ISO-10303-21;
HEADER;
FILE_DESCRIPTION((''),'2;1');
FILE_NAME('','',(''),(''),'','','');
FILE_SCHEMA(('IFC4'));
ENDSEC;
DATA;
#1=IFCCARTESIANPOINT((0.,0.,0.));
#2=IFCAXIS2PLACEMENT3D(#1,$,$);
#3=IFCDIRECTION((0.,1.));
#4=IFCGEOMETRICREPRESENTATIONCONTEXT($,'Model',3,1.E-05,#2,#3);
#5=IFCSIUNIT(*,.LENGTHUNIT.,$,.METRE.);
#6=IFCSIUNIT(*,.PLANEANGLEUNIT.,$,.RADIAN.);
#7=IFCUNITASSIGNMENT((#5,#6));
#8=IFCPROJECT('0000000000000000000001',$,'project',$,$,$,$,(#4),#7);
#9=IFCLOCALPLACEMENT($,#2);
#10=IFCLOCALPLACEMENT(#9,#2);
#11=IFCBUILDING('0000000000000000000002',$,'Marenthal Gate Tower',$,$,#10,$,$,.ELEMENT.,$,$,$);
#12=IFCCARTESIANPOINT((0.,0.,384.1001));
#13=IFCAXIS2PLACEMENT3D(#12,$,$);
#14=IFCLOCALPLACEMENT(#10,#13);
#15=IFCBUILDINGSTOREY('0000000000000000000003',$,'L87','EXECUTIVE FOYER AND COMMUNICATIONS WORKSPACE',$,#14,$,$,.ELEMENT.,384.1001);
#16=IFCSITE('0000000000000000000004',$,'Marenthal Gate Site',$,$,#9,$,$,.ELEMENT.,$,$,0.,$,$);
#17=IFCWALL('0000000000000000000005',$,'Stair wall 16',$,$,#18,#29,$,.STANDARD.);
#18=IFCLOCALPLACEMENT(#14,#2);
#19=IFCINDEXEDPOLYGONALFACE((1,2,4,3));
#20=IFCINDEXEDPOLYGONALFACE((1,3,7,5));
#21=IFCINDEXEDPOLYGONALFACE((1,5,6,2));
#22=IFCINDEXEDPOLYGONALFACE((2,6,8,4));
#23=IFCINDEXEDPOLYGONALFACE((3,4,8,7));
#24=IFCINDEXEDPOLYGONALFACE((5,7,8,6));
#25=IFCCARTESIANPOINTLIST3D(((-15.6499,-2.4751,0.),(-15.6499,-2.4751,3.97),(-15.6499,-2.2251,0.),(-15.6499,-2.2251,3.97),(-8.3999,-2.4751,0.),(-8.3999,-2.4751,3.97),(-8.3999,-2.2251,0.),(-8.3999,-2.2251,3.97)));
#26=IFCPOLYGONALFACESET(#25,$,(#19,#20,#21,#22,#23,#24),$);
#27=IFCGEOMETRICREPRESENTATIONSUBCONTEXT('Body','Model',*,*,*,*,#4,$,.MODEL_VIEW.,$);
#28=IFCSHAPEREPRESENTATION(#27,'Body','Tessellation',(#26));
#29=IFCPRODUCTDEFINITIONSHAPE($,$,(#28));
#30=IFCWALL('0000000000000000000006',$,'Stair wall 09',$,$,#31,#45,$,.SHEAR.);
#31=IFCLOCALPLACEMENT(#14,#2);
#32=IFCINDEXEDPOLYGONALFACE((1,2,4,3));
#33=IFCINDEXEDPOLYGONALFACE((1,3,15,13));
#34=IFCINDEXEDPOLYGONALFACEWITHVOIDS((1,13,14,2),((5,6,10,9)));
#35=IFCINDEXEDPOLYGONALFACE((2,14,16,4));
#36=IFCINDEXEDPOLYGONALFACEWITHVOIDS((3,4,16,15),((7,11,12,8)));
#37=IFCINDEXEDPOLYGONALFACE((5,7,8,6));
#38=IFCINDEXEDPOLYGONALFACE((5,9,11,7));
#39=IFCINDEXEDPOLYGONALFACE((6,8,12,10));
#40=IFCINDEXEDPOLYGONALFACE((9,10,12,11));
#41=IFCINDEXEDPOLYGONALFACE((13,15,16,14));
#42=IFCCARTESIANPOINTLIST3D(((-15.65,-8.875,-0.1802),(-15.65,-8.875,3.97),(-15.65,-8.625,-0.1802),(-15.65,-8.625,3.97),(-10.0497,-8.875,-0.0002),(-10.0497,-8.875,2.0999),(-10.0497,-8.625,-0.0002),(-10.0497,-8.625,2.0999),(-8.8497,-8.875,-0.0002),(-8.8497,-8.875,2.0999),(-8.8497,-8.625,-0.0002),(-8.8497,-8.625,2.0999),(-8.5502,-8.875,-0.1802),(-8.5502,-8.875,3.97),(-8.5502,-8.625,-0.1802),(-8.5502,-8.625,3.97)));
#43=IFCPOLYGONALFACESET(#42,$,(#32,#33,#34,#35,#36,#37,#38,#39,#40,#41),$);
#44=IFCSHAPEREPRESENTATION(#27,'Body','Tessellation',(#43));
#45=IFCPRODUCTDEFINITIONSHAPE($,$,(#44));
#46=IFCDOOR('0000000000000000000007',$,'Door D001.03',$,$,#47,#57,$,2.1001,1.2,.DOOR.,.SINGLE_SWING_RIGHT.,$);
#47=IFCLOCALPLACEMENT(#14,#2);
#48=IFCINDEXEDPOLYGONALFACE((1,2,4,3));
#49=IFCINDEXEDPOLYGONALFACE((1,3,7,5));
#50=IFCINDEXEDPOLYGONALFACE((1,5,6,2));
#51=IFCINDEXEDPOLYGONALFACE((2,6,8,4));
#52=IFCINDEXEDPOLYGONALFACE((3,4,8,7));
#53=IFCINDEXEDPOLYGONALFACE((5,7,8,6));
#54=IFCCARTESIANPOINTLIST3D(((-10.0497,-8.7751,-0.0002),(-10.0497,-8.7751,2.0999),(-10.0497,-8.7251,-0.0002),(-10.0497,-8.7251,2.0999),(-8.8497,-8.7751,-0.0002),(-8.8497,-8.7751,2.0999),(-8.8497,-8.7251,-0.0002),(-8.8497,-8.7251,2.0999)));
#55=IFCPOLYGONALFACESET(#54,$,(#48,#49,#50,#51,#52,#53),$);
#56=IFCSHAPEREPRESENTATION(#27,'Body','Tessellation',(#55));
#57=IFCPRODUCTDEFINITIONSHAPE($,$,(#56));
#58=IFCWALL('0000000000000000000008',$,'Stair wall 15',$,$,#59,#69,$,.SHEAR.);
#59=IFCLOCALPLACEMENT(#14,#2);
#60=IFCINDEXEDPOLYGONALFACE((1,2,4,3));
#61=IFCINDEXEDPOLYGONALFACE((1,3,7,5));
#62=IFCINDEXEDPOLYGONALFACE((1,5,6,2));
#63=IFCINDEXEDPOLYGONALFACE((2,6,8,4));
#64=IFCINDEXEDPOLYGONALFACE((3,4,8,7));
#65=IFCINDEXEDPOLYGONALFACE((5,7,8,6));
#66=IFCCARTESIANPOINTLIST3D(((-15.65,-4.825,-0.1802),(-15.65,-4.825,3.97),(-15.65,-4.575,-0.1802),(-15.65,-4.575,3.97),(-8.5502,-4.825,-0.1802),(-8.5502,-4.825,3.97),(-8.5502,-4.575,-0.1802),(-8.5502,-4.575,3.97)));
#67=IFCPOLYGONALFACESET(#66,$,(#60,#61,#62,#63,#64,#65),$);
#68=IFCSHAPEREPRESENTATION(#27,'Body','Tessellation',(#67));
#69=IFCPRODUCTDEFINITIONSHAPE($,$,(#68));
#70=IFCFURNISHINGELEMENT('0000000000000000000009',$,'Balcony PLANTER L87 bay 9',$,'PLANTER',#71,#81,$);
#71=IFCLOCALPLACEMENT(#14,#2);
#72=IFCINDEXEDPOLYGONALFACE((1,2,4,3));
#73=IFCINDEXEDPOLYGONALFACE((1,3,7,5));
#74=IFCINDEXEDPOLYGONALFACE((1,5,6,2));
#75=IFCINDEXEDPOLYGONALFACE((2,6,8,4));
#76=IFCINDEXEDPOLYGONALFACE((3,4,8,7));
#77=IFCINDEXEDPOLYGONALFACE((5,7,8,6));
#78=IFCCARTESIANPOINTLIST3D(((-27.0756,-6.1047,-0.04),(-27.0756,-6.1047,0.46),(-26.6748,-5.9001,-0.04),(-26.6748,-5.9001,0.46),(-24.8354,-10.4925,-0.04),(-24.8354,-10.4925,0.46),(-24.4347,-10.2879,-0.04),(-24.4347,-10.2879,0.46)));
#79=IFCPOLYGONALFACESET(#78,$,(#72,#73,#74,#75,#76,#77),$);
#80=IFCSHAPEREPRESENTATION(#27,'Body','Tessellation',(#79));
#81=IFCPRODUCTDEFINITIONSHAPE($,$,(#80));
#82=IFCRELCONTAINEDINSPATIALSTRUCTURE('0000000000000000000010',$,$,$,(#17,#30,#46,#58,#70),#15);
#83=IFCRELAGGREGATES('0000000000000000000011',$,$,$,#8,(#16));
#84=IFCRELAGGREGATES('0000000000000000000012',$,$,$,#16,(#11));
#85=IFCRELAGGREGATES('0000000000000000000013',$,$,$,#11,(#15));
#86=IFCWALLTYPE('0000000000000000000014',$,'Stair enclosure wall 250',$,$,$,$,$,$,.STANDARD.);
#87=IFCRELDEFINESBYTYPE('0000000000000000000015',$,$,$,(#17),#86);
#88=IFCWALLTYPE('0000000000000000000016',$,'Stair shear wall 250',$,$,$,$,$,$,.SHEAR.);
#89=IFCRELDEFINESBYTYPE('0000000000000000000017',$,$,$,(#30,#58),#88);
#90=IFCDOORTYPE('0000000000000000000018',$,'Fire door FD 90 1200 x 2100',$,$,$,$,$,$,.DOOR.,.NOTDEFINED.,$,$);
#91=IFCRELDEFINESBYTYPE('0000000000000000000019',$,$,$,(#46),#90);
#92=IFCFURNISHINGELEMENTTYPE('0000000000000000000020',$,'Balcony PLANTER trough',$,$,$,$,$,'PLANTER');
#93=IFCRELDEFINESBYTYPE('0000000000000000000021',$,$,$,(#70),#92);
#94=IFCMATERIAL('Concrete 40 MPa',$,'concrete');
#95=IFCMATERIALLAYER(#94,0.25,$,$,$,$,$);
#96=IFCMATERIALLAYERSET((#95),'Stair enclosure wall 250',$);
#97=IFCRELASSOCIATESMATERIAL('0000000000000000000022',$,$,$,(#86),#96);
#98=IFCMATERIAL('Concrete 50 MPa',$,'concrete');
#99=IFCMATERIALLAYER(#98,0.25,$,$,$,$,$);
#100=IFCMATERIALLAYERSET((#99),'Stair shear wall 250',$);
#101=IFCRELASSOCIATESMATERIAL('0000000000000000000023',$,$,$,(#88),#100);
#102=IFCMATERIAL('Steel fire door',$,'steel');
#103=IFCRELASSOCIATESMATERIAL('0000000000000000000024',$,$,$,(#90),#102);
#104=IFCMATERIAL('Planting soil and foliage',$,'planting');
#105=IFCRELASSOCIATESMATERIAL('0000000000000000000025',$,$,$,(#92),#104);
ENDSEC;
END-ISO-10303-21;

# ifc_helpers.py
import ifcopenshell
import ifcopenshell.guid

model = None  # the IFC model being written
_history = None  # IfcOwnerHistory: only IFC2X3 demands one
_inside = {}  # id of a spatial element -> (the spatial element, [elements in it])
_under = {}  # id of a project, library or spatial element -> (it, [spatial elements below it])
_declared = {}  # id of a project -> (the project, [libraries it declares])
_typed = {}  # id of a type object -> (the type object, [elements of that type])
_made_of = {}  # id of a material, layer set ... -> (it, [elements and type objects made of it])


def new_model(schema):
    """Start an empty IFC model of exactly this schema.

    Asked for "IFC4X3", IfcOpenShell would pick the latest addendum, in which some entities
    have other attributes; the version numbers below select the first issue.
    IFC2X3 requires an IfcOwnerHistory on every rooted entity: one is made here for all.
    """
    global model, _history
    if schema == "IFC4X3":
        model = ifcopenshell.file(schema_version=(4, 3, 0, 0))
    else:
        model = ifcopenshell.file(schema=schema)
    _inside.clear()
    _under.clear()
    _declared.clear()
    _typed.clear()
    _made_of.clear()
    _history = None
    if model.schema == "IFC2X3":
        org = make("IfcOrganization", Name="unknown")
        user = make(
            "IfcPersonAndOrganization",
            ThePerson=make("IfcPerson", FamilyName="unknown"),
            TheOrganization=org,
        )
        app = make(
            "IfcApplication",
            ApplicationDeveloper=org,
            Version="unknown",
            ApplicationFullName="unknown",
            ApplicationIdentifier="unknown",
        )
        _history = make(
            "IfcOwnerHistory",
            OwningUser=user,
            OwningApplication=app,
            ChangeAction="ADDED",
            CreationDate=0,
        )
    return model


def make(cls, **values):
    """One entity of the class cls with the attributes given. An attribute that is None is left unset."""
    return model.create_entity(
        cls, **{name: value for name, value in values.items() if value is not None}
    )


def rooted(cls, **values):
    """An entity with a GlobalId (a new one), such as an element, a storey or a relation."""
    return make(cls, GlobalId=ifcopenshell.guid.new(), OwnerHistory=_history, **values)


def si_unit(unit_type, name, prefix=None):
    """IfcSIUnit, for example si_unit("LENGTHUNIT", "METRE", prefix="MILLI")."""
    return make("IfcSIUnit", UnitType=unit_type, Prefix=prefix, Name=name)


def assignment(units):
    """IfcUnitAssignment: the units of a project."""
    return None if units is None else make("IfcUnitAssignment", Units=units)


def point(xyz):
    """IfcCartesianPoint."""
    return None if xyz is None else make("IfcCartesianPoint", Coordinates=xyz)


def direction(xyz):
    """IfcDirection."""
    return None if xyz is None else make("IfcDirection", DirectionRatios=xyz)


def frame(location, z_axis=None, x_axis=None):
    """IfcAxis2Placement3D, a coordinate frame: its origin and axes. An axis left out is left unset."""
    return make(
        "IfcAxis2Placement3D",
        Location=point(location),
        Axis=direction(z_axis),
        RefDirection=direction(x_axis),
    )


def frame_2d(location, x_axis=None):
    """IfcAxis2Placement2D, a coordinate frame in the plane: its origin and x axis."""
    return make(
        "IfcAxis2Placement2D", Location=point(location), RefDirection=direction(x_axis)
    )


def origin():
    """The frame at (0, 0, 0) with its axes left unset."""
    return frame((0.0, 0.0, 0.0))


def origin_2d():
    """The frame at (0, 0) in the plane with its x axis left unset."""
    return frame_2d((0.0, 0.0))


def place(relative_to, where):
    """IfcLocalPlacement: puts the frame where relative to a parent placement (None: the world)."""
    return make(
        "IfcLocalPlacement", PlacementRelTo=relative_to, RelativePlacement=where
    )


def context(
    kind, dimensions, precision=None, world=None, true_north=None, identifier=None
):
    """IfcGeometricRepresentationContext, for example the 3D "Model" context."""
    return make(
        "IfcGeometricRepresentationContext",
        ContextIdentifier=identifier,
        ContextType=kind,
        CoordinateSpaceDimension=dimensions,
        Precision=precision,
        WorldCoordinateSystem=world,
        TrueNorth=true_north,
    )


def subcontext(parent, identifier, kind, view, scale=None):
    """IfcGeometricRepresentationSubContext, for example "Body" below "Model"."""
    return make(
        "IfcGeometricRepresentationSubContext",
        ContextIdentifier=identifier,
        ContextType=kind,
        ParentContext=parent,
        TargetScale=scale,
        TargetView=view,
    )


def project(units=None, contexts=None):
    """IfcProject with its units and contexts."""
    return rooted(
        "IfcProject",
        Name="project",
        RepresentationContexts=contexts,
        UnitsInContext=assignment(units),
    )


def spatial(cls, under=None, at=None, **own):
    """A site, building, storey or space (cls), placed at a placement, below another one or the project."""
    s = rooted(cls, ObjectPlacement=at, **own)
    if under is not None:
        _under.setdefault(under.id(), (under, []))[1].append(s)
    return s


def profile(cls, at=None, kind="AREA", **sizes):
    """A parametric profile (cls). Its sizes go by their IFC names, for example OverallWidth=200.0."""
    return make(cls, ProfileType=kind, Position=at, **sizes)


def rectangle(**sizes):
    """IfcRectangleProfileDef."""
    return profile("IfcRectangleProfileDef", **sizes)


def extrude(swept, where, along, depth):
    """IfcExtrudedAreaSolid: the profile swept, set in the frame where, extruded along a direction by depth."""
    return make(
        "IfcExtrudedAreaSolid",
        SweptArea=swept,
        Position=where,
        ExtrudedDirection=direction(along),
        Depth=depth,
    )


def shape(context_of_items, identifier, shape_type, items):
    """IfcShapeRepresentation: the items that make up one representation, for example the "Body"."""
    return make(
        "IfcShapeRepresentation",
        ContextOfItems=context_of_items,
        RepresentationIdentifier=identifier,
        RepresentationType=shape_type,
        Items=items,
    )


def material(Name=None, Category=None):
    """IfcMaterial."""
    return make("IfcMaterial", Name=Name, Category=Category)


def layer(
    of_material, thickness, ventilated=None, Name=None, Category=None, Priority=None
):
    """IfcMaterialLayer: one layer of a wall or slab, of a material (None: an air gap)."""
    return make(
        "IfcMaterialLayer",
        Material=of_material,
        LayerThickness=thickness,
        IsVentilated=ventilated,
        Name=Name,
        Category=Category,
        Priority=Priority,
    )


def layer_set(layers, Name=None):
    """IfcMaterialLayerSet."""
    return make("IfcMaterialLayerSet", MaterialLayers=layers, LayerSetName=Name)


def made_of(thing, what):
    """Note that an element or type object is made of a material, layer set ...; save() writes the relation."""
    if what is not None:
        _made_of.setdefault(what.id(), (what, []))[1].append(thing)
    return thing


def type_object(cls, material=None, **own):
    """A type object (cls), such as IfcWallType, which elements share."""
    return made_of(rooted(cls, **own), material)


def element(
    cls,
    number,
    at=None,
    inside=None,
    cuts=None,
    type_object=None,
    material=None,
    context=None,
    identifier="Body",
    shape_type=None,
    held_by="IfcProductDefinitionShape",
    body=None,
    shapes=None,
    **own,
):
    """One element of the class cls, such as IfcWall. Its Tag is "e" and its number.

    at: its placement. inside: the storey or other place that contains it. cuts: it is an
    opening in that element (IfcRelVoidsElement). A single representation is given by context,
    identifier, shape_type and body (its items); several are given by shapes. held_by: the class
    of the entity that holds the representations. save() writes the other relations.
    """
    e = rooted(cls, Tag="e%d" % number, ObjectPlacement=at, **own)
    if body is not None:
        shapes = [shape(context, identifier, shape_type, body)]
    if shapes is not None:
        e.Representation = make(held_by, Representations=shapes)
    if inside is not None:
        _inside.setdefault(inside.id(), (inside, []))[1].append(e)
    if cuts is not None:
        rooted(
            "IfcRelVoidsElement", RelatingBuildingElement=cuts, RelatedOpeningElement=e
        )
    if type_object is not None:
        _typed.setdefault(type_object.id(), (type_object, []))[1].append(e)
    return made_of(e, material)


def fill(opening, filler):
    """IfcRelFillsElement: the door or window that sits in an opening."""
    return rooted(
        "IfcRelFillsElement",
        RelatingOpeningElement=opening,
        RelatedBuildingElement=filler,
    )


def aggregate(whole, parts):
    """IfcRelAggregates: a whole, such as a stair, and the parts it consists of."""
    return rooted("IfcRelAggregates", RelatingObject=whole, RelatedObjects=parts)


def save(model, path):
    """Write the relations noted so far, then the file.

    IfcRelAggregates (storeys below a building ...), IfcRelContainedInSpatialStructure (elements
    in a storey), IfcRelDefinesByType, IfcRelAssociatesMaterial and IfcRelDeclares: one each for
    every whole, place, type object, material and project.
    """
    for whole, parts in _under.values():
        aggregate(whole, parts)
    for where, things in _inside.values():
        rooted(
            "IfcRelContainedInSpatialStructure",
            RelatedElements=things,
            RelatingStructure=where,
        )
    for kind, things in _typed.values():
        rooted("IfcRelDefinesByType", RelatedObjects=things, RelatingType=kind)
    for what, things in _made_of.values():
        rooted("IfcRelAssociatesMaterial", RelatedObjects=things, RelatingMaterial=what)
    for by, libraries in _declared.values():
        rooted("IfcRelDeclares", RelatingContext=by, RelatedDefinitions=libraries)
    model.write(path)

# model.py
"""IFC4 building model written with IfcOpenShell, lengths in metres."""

from ifc_helpers import new_model, si_unit, direction, frame, frame_2d, origin, origin_2d, place, context, subcontext, project, spatial, rectangle, extrude, material, layer, layer_set, type_object, element, fill, save


model = new_model("IFC4")

# Units and contexts
model_context = context("Model", 3, precision=1e-05, world=origin(), true_north=direction((0.0, 1.0)))
body_context = subcontext(model_context, "Body", "Model", "MODEL_VIEW")
ifc_project = project(units=[si_unit("LENGTHUNIT", "METRE"), si_unit("PLANEANGLEUNIT", "RADIAN")], contexts=[model_context])

# Site, building, storey
site_placement = place(None, origin())
site = spatial("IfcSite", under=ifc_project, at=site_placement, Name="Marenthal Gate Site", CompositionType="ELEMENT", RefElevation=0.0)
building_placement = place(site_placement, origin())
building = spatial("IfcBuilding", under=site, at=building_placement, Name="Marenthal Gate Tower", CompositionType="ELEMENT")
storey_placement = place(building_placement, frame((0.0, 0.0, 384.1001)))
storey = spatial("IfcBuildingStorey", under=building, at=storey_placement, Name="L87", Description="EXECUTIVE FOYER AND COMMUNICATIONS WORKSPACE", CompositionType="ELEMENT", Elevation=384.1001)

# Wall
ifc_material_1 = material(Name="Concrete 40 MPa", Category="concrete")
ifc_layer_1 = layer(ifc_material_1, 0.25)
ifc_layer_set_1 = layer_set([ifc_layer_1], Name="Stair enclosure wall 250")
wall_type_1 = type_object("IfcWallType", Name="Stair enclosure wall 250", PredefinedType="STANDARD", material=ifc_layer_set_1)
wall_1_placement = place(storey_placement, frame((-15.6499, -2.3501, 0.0), z_axis=(0.0, 0.0, 1.0), x_axis=(1.0, 0.0, 0.0)))
element("IfcWall", 1, at=wall_1_placement, inside=storey, type_object=wall_type_1, Name="Stair wall 16", PredefinedType="STANDARD", context=body_context, shape_type="SweptSolid", body=[
    extrude(rectangle(XDim=7.25, YDim=0.25, at=frame_2d((3.625, 0.0))), origin(), (0.0, 0.0, 1.0), 3.97),
])

# Wall, opening, door
ifc_material_2 = material(Name="Concrete 50 MPa", Category="concrete")
ifc_layer_2 = layer(ifc_material_2, 0.25)
ifc_layer_set_2 = layer_set([ifc_layer_2], Name="Stair shear wall 250")
wall_type_2 = type_object("IfcWallType", Name="Stair shear wall 250", PredefinedType="SHEAR", material=ifc_layer_set_2)
wall_2_placement = place(storey_placement, frame((-15.6499, -8.75, -0.1802), z_axis=(0.0, 0.0, 1.0), x_axis=(1.0, 0.0, 0.0)))
wall_2 = element("IfcWall", 2, at=wall_2_placement, inside=storey, type_object=wall_type_2, Name="Stair wall 09", PredefinedType="SHEAR", context=body_context, shape_type="SweptSolid", body=[
    extrude(rectangle(XDim=7.0999, YDim=0.25, at=frame_2d((3.5498, 0.0))), origin(), (0.0, 0.0, 1.0), 4.1501),
])
opening_1_placement = place(wall_2_placement, frame((5.6001, 0.0, 0.1799)))
opening_1 = element("IfcOpeningElement", 3, at=opening_1_placement, cuts=wall_2, PredefinedType="OPENING", context=body_context, shape_type="SweptSolid", body=[
    extrude(rectangle(XDim=1.2, YDim=2.1001, at=frame_2d((0.6001, 1.05))), frame((0.0, 0.135, 0.0), z_axis=(0.0, -1.0, 0.0), x_axis=(1.0, 0.0, 0.0)), (0.0, 0.0, 1.0), 0.27),
])
ifc_material_3 = material(Name="Steel fire door", Category="steel")
door_type_1 = type_object("IfcDoorType", Name="Fire door FD 90 1200 x 2100", OperationType="NOTDEFINED", PredefinedType="DOOR", material=ifc_material_3)
door_1_placement = place(opening_1_placement, origin())
door_1 = element("IfcDoor", 4, at=door_1_placement, inside=storey, type_object=door_type_1, Name="Door D001.03", OperationType="SINGLE_SWING_RIGHT", OverallHeight=2.1001, OverallWidth=1.2, PredefinedType="DOOR", context=body_context, shape_type="SweptSolid", body=[
    extrude(rectangle(XDim=1.2, YDim=2.1001, at=frame_2d((0.6001, 1.05))), frame((0.0, 0.0249, 0.0), z_axis=(0.0, -1.0, 0.0), x_axis=(1.0, 0.0, 0.0)), (0.0, 0.0, 1.0), 0.05),
])
fill(opening_1, door_1)

# Wall
wall_3_placement = place(storey_placement, frame((-15.6499, -4.7, -0.1802), z_axis=(0.0, 0.0, 1.0), x_axis=(1.0, 0.0, 0.0)))
element("IfcWall", 5, at=wall_3_placement, inside=storey, type_object=wall_type_2, Name="Stair wall 15", PredefinedType="SHEAR", context=body_context, shape_type="SweptSolid", body=[
    extrude(rectangle(XDim=7.0999, YDim=0.25, at=frame_2d((3.5498, 0.0))), origin(), (0.0, 0.0, 1.0), 4.1501),
])

# Furnishing element
ifc_material_4 = material(Name="Planting soil and foliage", Category="planting")
furnishing_element_type = type_object("IfcFurnishingElementType", Name="Balcony PLANTER trough", ElementType="PLANTER", material=ifc_material_4)
furnishing_placement = place(storey_placement, frame((-25.7551, -8.1963, -0.04), z_axis=(0.0, 0.0, 1.0), x_axis=(0.454706, -0.890642, 0.0)))
element("IfcFurnishingElement", 6, at=furnishing_placement, inside=storey, type_object=furnishing_element_type, Name="Balcony PLANTER L87 bay 9", ObjectType="PLANTER", context=body_context, shape_type="SweptSolid", body=[
    extrude(rectangle(XDim=4.9265, YDim=0.45, at=origin_2d()), origin(), (0.0, 0.0, 1.0), 0.5),
])

save(model, "model.ifc")
